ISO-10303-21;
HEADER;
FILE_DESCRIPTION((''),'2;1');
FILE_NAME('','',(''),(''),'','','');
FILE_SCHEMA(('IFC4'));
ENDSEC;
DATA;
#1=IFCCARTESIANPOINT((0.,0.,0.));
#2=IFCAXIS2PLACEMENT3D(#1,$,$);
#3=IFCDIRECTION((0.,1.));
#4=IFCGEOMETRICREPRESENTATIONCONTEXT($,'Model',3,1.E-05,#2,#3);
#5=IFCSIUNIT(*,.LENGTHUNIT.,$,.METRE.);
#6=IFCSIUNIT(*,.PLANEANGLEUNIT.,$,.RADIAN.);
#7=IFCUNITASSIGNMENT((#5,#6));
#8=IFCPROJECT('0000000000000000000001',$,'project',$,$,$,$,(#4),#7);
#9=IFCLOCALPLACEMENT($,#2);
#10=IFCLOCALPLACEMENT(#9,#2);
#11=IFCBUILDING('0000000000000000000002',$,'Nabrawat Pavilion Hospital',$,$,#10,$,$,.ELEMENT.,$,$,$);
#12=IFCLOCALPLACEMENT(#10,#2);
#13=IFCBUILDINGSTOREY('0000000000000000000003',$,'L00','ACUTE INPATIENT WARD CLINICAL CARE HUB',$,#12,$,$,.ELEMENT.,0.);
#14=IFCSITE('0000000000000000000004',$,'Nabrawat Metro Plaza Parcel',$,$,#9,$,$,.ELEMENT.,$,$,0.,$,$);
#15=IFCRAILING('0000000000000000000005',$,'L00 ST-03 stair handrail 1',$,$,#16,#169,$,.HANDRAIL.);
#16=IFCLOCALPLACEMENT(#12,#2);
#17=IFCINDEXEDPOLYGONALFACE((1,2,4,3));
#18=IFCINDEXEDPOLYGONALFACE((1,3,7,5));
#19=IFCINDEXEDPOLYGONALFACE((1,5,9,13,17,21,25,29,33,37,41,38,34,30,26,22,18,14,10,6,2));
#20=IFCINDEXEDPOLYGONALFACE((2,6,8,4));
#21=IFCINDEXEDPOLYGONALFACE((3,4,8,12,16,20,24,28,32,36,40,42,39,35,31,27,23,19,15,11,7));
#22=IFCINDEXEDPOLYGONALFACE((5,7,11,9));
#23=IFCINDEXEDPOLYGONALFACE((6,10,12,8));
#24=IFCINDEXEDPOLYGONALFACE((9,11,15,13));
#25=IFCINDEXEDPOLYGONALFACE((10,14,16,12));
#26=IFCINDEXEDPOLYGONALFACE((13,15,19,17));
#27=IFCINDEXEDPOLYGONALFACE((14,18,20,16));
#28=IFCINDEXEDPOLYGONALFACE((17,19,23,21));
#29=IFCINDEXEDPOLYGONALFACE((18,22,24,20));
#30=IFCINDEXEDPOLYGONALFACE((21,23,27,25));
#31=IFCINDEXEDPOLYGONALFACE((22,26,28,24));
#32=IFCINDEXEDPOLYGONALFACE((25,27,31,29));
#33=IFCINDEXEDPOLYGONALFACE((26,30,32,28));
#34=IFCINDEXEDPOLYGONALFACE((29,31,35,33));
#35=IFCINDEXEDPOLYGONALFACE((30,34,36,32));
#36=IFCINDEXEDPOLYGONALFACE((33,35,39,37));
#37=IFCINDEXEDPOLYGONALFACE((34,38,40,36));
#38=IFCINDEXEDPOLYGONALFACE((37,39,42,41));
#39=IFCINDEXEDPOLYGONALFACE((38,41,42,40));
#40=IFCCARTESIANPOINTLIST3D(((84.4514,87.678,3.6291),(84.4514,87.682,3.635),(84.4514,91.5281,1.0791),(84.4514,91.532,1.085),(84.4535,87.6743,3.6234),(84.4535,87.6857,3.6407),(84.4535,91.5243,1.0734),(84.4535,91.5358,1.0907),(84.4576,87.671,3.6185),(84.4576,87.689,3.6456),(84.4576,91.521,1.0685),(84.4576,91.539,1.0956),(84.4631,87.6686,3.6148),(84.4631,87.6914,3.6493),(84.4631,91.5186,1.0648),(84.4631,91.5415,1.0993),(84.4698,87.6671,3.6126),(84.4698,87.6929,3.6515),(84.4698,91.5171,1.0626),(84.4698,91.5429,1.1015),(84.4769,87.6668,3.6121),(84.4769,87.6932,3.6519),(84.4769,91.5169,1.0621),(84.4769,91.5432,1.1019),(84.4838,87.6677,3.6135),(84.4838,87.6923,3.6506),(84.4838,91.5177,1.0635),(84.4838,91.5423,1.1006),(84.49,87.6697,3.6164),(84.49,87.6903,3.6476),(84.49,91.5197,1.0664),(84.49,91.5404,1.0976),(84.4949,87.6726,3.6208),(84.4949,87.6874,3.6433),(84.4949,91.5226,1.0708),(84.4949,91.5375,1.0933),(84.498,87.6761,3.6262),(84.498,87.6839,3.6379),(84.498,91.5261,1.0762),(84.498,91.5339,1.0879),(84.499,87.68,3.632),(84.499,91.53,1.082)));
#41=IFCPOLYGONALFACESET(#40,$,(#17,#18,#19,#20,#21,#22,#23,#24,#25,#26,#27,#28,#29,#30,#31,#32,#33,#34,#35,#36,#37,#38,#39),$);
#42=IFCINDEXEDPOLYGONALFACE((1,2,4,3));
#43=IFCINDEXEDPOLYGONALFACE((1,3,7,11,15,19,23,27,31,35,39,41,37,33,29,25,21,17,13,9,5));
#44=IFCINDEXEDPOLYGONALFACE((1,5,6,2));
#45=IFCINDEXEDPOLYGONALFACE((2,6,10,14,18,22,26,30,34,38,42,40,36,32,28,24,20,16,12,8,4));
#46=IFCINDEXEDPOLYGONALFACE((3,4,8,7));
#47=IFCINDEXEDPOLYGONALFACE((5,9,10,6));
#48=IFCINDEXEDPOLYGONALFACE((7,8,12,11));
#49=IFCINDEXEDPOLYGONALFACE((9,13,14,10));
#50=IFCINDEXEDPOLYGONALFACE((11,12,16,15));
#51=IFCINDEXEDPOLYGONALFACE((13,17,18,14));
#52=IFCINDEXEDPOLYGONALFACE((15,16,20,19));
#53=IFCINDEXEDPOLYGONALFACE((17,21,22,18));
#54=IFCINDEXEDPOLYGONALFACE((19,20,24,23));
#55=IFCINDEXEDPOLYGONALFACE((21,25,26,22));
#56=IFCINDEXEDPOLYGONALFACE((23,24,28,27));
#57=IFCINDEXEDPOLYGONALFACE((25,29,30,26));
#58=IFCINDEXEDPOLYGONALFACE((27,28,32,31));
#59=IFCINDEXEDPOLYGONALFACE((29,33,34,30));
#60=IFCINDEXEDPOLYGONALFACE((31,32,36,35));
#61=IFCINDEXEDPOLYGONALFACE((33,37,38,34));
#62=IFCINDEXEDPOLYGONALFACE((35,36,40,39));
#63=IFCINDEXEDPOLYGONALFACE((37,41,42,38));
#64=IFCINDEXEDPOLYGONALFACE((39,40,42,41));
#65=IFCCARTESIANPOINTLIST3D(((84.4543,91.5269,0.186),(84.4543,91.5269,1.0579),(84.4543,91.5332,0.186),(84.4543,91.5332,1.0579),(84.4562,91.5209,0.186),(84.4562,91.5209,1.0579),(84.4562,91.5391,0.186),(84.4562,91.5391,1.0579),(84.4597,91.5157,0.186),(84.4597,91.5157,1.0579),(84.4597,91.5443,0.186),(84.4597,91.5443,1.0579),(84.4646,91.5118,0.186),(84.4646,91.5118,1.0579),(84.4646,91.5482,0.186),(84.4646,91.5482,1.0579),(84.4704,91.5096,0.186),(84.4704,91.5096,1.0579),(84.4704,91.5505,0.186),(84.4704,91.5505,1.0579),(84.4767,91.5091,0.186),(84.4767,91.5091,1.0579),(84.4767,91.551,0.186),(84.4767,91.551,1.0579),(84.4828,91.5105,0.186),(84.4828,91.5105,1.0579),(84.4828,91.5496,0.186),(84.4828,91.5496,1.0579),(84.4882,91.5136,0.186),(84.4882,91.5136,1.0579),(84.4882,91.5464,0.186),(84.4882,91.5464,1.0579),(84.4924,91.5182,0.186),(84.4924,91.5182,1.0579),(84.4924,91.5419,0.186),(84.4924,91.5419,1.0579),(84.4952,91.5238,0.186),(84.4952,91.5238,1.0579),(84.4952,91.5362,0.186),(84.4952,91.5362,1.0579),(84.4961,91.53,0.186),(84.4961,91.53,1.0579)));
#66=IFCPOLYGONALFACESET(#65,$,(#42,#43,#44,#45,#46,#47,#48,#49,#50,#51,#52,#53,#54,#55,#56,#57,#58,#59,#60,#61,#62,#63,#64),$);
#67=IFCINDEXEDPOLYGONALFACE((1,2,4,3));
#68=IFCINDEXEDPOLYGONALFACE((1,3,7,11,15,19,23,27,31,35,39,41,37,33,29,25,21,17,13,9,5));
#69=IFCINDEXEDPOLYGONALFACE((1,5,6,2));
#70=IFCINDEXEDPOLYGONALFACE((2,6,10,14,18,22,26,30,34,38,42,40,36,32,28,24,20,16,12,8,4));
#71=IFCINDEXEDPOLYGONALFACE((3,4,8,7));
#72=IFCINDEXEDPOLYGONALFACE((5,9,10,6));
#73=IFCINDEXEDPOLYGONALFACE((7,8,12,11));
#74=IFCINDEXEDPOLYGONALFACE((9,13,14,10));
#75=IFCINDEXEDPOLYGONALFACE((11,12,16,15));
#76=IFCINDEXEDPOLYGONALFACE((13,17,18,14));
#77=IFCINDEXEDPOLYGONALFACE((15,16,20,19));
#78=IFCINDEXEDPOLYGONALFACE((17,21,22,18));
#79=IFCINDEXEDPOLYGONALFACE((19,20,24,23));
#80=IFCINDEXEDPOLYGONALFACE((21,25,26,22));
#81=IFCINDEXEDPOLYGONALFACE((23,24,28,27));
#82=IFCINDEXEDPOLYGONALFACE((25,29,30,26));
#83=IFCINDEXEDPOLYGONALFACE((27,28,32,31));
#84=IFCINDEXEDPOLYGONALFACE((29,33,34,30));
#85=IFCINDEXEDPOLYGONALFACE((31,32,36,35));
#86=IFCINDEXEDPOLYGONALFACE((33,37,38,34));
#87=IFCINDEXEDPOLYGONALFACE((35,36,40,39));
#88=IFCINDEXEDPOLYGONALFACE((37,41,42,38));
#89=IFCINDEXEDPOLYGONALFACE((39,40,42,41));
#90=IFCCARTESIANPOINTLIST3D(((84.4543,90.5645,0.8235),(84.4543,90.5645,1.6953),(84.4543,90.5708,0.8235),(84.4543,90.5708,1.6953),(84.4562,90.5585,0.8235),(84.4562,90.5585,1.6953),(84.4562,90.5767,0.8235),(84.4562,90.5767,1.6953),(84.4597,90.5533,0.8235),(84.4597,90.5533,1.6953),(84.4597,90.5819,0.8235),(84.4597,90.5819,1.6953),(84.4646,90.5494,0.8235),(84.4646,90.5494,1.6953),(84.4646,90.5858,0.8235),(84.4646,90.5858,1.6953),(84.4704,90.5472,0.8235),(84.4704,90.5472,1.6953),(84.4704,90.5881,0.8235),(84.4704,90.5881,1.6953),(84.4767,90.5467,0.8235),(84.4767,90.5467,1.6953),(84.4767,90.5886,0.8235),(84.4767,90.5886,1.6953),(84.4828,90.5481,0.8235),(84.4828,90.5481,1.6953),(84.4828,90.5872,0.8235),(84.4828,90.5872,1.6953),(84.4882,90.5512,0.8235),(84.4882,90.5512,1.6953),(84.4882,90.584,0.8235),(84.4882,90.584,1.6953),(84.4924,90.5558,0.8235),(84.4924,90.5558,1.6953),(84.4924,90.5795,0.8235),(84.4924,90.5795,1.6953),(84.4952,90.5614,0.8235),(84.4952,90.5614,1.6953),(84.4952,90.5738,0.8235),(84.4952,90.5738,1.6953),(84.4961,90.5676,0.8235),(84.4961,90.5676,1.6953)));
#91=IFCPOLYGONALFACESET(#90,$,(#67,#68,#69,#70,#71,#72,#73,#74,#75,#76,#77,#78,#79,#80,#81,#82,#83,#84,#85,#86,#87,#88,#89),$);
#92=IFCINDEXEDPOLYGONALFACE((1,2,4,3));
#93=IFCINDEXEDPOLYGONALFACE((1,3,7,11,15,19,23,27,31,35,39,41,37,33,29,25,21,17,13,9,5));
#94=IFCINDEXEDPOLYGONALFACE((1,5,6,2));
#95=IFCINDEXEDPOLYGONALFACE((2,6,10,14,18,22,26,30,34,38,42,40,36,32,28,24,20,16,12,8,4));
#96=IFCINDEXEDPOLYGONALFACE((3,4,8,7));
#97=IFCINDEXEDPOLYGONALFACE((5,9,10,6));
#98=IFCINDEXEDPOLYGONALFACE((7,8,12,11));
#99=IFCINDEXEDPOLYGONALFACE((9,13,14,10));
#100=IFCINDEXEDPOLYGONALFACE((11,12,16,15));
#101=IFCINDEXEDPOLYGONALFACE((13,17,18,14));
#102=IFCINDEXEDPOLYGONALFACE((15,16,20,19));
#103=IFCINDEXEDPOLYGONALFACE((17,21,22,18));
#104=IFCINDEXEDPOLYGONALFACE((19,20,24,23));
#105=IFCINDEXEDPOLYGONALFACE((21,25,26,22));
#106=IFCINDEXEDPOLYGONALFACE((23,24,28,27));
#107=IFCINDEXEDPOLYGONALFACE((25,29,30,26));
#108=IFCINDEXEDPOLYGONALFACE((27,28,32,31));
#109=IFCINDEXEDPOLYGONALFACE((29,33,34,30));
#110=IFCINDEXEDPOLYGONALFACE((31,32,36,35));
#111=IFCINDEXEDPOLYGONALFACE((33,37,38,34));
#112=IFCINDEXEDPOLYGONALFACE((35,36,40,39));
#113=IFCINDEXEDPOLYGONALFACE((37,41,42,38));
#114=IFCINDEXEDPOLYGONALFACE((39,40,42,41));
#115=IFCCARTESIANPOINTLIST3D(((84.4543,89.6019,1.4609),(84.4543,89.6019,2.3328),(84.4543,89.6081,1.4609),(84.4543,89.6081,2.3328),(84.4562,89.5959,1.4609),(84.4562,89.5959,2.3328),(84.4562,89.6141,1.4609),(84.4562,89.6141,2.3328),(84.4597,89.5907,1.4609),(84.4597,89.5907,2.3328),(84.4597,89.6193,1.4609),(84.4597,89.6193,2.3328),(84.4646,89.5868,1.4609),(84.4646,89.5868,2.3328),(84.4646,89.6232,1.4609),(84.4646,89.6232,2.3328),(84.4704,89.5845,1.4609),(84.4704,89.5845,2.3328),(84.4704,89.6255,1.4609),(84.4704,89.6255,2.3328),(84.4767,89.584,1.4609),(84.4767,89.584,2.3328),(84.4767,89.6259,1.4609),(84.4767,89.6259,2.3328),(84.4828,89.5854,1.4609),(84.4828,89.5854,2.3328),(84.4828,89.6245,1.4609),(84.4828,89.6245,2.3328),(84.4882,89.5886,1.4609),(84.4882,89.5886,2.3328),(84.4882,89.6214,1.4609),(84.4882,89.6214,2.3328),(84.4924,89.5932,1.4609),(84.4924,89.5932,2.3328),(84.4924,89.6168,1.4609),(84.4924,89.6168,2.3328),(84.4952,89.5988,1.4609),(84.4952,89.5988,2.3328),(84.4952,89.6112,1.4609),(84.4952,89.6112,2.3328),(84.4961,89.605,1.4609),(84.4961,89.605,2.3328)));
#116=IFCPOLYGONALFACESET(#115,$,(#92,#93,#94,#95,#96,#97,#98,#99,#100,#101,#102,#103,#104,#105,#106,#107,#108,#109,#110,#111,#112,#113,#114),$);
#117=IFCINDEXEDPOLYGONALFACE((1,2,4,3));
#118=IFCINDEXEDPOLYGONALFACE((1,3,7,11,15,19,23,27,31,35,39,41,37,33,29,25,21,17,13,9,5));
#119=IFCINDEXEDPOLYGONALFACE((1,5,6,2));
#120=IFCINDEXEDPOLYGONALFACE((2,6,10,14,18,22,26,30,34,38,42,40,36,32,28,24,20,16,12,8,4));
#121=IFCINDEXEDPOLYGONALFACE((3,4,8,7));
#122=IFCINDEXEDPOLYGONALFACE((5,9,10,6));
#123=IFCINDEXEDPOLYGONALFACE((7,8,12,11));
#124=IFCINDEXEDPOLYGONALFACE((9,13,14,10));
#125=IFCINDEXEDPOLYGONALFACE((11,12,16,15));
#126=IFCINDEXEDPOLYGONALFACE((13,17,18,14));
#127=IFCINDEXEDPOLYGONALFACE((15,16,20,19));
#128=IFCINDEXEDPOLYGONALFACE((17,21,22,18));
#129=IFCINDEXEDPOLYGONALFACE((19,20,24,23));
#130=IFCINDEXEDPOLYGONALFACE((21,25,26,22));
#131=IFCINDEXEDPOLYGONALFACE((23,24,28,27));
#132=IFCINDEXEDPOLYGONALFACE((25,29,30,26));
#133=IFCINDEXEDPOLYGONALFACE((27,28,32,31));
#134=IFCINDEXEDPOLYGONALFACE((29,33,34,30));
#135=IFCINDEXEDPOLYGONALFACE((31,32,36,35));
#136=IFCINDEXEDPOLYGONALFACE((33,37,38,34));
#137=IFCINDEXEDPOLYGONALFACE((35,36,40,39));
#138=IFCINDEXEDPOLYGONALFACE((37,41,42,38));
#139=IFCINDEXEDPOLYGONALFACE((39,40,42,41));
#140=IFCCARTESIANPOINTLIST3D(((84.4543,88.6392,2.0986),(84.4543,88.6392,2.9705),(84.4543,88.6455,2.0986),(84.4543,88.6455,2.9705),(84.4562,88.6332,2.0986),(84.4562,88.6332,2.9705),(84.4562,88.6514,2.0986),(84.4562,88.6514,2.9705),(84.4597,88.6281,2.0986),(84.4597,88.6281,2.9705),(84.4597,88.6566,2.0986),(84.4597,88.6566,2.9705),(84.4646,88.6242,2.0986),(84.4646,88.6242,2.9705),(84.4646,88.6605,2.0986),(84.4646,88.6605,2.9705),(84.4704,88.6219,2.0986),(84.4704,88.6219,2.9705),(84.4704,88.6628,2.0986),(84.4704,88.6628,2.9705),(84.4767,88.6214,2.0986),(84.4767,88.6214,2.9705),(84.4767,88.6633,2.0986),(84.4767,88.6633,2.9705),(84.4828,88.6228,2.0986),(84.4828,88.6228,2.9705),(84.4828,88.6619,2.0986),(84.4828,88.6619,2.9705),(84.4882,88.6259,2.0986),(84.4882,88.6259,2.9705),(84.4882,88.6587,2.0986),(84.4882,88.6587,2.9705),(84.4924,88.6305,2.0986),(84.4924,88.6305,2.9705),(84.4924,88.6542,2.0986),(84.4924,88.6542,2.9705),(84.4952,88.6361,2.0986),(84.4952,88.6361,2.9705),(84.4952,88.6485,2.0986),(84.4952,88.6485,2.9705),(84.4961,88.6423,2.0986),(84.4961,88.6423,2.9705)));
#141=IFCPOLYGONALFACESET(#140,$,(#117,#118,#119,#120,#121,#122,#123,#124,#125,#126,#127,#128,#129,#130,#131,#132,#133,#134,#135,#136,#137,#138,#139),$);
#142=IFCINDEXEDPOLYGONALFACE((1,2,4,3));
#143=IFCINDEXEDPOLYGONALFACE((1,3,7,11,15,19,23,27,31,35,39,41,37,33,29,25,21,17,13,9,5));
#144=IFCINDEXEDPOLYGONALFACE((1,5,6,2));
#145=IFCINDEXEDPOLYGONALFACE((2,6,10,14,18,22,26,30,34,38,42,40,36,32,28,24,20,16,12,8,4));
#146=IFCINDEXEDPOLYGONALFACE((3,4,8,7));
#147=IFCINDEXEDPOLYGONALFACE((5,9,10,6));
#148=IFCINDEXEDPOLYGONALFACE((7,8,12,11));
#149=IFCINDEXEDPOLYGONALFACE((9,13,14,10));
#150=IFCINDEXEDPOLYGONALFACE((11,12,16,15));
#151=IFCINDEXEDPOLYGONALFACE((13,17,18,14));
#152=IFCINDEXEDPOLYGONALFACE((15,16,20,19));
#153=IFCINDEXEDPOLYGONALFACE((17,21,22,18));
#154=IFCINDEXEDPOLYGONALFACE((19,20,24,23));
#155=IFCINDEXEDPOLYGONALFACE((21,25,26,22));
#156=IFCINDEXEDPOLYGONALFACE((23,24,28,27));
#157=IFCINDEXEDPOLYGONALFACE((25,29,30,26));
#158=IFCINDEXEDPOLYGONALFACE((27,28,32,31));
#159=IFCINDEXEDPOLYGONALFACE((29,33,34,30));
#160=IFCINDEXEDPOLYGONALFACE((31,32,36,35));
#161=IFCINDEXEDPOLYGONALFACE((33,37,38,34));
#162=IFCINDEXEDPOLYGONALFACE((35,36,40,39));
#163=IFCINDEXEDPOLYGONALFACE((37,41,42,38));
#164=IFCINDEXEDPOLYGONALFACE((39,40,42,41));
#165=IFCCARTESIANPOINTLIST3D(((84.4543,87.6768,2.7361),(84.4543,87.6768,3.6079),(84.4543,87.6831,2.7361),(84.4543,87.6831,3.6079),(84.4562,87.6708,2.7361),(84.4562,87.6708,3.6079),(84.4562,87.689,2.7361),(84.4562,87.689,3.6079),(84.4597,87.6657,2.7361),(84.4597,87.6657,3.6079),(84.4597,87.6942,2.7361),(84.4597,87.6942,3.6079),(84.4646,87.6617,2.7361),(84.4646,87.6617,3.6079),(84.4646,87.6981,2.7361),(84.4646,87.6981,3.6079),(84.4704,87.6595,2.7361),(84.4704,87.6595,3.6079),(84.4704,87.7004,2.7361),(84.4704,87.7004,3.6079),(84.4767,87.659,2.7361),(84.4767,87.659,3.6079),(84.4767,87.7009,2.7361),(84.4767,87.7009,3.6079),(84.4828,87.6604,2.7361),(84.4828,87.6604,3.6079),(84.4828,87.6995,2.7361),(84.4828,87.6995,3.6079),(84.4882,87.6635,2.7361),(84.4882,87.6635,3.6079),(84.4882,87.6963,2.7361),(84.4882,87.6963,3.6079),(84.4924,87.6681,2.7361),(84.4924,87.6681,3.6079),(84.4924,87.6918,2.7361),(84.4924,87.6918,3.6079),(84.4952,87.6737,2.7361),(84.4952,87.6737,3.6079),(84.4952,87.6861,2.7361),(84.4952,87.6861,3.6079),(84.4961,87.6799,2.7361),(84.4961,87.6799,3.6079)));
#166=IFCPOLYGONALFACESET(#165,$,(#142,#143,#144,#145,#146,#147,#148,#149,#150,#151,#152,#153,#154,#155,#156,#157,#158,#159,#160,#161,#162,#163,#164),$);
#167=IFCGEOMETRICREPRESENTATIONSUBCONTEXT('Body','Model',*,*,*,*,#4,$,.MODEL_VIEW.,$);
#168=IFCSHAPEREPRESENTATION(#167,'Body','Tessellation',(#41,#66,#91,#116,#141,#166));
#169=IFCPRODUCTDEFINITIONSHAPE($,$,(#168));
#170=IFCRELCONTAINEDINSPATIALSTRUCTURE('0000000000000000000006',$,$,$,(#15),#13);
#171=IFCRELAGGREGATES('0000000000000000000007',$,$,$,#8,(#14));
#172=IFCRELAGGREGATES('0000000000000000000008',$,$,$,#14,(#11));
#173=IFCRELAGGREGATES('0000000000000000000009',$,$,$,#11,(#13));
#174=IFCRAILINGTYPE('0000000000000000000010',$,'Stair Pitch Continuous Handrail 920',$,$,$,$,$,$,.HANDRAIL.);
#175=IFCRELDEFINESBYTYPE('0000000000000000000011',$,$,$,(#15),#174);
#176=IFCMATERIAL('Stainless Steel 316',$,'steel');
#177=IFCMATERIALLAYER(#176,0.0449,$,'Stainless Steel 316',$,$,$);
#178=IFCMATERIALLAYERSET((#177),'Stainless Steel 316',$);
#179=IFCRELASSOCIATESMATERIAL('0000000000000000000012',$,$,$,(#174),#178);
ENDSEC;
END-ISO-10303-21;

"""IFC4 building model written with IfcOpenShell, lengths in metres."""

from ifc_helpers import new_model, si_unit, direction, frame, origin, origin_2d, place, context, subcontext, project, spatial, circle, extrude, material, layer, layer_set, type_object, element, save


model = new_model("IFC4")

# Units and contexts
model_context = context("Model", 3, precision=1e-05, world=origin(), true_north=direction((0.0, 1.0)))
body_context = subcontext(model_context, "Body", "Model", "MODEL_VIEW")
ifc_project = project(units=[si_unit("LENGTHUNIT", "METRE"), si_unit("PLANEANGLEUNIT", "RADIAN")], contexts=[model_context])

# Site, building, storey
site_placement = place(None, origin())
site = spatial("IfcSite", under=ifc_project, at=site_placement, Name="Nabrawat Metro Plaza Parcel", CompositionType="ELEMENT", RefElevation=0.0)
building_placement = place(site_placement, origin())
building = spatial("IfcBuilding", under=site, at=building_placement, Name="Nabrawat Pavilion Hospital", CompositionType="ELEMENT")
storey_placement = place(building_placement, origin())
storey = spatial("IfcBuildingStorey", under=building, at=storey_placement, Name="L00", Description="ACUTE INPATIENT WARD CLINICAL CARE HUB", CompositionType="ELEMENT", Elevation=0.0)

# Railing
ifc_material_1 = material(Name="Stainless Steel 316", Category="steel")
ifc_layer_1 = layer(ifc_material_1, 0.0449, Name="Stainless Steel 316")
ifc_layer_set_1 = layer_set([ifc_layer_1], Name="Stainless Steel 316")
railing_type_1 = type_object("IfcRailingType", Name="Stair Pitch Continuous Handrail 920", PredefinedType="HANDRAIL", material=ifc_layer_set_1)
railing_1_placement = place(storey_placement, frame((84.4751, 91.53, 0.186)))
element("IfcRailing", 1, at=railing_1_placement, inside=storey, type_object=railing_type_1, Name="L00 ST-03 stair handrail 1", PredefinedType="HANDRAIL", context=body_context, shape_type="SweptSolid", body=[
    extrude(circle(Radius=0.0239, at=origin_2d()), frame((0.0, 0.0, 0.896), z_axis=(0.0, -0.833714, 0.552197), x_axis=(1.0, 0.0, 0.0)), (0.0, 0.0, 1.0), 4.6179),
    extrude(circle(Radius=0.021, at=origin_2d()), origin(), (0.0, 0.0, 1.0), 0.8718),
    extrude(circle(Radius=0.021, at=origin_2d()), frame((0.0, -0.9624, 0.6375)), (0.0, 0.0, 1.0), 0.8718),
    extrude(circle(Radius=0.021, at=origin_2d()), frame((0.0, -1.925, 1.2749)), (0.0, 0.0, 1.0), 0.8718),
    extrude(circle(Radius=0.021, at=origin_2d()), frame((0.0, -2.8877, 1.9126)), (0.0, 0.0, 1.0), 0.8718),
    extrude(circle(Radius=0.021, at=origin_2d()), frame((0.0, -3.8501, 2.55)), (0.0, 0.0, 1.0), 0.8718),
])

save(model, "model.ifc")
